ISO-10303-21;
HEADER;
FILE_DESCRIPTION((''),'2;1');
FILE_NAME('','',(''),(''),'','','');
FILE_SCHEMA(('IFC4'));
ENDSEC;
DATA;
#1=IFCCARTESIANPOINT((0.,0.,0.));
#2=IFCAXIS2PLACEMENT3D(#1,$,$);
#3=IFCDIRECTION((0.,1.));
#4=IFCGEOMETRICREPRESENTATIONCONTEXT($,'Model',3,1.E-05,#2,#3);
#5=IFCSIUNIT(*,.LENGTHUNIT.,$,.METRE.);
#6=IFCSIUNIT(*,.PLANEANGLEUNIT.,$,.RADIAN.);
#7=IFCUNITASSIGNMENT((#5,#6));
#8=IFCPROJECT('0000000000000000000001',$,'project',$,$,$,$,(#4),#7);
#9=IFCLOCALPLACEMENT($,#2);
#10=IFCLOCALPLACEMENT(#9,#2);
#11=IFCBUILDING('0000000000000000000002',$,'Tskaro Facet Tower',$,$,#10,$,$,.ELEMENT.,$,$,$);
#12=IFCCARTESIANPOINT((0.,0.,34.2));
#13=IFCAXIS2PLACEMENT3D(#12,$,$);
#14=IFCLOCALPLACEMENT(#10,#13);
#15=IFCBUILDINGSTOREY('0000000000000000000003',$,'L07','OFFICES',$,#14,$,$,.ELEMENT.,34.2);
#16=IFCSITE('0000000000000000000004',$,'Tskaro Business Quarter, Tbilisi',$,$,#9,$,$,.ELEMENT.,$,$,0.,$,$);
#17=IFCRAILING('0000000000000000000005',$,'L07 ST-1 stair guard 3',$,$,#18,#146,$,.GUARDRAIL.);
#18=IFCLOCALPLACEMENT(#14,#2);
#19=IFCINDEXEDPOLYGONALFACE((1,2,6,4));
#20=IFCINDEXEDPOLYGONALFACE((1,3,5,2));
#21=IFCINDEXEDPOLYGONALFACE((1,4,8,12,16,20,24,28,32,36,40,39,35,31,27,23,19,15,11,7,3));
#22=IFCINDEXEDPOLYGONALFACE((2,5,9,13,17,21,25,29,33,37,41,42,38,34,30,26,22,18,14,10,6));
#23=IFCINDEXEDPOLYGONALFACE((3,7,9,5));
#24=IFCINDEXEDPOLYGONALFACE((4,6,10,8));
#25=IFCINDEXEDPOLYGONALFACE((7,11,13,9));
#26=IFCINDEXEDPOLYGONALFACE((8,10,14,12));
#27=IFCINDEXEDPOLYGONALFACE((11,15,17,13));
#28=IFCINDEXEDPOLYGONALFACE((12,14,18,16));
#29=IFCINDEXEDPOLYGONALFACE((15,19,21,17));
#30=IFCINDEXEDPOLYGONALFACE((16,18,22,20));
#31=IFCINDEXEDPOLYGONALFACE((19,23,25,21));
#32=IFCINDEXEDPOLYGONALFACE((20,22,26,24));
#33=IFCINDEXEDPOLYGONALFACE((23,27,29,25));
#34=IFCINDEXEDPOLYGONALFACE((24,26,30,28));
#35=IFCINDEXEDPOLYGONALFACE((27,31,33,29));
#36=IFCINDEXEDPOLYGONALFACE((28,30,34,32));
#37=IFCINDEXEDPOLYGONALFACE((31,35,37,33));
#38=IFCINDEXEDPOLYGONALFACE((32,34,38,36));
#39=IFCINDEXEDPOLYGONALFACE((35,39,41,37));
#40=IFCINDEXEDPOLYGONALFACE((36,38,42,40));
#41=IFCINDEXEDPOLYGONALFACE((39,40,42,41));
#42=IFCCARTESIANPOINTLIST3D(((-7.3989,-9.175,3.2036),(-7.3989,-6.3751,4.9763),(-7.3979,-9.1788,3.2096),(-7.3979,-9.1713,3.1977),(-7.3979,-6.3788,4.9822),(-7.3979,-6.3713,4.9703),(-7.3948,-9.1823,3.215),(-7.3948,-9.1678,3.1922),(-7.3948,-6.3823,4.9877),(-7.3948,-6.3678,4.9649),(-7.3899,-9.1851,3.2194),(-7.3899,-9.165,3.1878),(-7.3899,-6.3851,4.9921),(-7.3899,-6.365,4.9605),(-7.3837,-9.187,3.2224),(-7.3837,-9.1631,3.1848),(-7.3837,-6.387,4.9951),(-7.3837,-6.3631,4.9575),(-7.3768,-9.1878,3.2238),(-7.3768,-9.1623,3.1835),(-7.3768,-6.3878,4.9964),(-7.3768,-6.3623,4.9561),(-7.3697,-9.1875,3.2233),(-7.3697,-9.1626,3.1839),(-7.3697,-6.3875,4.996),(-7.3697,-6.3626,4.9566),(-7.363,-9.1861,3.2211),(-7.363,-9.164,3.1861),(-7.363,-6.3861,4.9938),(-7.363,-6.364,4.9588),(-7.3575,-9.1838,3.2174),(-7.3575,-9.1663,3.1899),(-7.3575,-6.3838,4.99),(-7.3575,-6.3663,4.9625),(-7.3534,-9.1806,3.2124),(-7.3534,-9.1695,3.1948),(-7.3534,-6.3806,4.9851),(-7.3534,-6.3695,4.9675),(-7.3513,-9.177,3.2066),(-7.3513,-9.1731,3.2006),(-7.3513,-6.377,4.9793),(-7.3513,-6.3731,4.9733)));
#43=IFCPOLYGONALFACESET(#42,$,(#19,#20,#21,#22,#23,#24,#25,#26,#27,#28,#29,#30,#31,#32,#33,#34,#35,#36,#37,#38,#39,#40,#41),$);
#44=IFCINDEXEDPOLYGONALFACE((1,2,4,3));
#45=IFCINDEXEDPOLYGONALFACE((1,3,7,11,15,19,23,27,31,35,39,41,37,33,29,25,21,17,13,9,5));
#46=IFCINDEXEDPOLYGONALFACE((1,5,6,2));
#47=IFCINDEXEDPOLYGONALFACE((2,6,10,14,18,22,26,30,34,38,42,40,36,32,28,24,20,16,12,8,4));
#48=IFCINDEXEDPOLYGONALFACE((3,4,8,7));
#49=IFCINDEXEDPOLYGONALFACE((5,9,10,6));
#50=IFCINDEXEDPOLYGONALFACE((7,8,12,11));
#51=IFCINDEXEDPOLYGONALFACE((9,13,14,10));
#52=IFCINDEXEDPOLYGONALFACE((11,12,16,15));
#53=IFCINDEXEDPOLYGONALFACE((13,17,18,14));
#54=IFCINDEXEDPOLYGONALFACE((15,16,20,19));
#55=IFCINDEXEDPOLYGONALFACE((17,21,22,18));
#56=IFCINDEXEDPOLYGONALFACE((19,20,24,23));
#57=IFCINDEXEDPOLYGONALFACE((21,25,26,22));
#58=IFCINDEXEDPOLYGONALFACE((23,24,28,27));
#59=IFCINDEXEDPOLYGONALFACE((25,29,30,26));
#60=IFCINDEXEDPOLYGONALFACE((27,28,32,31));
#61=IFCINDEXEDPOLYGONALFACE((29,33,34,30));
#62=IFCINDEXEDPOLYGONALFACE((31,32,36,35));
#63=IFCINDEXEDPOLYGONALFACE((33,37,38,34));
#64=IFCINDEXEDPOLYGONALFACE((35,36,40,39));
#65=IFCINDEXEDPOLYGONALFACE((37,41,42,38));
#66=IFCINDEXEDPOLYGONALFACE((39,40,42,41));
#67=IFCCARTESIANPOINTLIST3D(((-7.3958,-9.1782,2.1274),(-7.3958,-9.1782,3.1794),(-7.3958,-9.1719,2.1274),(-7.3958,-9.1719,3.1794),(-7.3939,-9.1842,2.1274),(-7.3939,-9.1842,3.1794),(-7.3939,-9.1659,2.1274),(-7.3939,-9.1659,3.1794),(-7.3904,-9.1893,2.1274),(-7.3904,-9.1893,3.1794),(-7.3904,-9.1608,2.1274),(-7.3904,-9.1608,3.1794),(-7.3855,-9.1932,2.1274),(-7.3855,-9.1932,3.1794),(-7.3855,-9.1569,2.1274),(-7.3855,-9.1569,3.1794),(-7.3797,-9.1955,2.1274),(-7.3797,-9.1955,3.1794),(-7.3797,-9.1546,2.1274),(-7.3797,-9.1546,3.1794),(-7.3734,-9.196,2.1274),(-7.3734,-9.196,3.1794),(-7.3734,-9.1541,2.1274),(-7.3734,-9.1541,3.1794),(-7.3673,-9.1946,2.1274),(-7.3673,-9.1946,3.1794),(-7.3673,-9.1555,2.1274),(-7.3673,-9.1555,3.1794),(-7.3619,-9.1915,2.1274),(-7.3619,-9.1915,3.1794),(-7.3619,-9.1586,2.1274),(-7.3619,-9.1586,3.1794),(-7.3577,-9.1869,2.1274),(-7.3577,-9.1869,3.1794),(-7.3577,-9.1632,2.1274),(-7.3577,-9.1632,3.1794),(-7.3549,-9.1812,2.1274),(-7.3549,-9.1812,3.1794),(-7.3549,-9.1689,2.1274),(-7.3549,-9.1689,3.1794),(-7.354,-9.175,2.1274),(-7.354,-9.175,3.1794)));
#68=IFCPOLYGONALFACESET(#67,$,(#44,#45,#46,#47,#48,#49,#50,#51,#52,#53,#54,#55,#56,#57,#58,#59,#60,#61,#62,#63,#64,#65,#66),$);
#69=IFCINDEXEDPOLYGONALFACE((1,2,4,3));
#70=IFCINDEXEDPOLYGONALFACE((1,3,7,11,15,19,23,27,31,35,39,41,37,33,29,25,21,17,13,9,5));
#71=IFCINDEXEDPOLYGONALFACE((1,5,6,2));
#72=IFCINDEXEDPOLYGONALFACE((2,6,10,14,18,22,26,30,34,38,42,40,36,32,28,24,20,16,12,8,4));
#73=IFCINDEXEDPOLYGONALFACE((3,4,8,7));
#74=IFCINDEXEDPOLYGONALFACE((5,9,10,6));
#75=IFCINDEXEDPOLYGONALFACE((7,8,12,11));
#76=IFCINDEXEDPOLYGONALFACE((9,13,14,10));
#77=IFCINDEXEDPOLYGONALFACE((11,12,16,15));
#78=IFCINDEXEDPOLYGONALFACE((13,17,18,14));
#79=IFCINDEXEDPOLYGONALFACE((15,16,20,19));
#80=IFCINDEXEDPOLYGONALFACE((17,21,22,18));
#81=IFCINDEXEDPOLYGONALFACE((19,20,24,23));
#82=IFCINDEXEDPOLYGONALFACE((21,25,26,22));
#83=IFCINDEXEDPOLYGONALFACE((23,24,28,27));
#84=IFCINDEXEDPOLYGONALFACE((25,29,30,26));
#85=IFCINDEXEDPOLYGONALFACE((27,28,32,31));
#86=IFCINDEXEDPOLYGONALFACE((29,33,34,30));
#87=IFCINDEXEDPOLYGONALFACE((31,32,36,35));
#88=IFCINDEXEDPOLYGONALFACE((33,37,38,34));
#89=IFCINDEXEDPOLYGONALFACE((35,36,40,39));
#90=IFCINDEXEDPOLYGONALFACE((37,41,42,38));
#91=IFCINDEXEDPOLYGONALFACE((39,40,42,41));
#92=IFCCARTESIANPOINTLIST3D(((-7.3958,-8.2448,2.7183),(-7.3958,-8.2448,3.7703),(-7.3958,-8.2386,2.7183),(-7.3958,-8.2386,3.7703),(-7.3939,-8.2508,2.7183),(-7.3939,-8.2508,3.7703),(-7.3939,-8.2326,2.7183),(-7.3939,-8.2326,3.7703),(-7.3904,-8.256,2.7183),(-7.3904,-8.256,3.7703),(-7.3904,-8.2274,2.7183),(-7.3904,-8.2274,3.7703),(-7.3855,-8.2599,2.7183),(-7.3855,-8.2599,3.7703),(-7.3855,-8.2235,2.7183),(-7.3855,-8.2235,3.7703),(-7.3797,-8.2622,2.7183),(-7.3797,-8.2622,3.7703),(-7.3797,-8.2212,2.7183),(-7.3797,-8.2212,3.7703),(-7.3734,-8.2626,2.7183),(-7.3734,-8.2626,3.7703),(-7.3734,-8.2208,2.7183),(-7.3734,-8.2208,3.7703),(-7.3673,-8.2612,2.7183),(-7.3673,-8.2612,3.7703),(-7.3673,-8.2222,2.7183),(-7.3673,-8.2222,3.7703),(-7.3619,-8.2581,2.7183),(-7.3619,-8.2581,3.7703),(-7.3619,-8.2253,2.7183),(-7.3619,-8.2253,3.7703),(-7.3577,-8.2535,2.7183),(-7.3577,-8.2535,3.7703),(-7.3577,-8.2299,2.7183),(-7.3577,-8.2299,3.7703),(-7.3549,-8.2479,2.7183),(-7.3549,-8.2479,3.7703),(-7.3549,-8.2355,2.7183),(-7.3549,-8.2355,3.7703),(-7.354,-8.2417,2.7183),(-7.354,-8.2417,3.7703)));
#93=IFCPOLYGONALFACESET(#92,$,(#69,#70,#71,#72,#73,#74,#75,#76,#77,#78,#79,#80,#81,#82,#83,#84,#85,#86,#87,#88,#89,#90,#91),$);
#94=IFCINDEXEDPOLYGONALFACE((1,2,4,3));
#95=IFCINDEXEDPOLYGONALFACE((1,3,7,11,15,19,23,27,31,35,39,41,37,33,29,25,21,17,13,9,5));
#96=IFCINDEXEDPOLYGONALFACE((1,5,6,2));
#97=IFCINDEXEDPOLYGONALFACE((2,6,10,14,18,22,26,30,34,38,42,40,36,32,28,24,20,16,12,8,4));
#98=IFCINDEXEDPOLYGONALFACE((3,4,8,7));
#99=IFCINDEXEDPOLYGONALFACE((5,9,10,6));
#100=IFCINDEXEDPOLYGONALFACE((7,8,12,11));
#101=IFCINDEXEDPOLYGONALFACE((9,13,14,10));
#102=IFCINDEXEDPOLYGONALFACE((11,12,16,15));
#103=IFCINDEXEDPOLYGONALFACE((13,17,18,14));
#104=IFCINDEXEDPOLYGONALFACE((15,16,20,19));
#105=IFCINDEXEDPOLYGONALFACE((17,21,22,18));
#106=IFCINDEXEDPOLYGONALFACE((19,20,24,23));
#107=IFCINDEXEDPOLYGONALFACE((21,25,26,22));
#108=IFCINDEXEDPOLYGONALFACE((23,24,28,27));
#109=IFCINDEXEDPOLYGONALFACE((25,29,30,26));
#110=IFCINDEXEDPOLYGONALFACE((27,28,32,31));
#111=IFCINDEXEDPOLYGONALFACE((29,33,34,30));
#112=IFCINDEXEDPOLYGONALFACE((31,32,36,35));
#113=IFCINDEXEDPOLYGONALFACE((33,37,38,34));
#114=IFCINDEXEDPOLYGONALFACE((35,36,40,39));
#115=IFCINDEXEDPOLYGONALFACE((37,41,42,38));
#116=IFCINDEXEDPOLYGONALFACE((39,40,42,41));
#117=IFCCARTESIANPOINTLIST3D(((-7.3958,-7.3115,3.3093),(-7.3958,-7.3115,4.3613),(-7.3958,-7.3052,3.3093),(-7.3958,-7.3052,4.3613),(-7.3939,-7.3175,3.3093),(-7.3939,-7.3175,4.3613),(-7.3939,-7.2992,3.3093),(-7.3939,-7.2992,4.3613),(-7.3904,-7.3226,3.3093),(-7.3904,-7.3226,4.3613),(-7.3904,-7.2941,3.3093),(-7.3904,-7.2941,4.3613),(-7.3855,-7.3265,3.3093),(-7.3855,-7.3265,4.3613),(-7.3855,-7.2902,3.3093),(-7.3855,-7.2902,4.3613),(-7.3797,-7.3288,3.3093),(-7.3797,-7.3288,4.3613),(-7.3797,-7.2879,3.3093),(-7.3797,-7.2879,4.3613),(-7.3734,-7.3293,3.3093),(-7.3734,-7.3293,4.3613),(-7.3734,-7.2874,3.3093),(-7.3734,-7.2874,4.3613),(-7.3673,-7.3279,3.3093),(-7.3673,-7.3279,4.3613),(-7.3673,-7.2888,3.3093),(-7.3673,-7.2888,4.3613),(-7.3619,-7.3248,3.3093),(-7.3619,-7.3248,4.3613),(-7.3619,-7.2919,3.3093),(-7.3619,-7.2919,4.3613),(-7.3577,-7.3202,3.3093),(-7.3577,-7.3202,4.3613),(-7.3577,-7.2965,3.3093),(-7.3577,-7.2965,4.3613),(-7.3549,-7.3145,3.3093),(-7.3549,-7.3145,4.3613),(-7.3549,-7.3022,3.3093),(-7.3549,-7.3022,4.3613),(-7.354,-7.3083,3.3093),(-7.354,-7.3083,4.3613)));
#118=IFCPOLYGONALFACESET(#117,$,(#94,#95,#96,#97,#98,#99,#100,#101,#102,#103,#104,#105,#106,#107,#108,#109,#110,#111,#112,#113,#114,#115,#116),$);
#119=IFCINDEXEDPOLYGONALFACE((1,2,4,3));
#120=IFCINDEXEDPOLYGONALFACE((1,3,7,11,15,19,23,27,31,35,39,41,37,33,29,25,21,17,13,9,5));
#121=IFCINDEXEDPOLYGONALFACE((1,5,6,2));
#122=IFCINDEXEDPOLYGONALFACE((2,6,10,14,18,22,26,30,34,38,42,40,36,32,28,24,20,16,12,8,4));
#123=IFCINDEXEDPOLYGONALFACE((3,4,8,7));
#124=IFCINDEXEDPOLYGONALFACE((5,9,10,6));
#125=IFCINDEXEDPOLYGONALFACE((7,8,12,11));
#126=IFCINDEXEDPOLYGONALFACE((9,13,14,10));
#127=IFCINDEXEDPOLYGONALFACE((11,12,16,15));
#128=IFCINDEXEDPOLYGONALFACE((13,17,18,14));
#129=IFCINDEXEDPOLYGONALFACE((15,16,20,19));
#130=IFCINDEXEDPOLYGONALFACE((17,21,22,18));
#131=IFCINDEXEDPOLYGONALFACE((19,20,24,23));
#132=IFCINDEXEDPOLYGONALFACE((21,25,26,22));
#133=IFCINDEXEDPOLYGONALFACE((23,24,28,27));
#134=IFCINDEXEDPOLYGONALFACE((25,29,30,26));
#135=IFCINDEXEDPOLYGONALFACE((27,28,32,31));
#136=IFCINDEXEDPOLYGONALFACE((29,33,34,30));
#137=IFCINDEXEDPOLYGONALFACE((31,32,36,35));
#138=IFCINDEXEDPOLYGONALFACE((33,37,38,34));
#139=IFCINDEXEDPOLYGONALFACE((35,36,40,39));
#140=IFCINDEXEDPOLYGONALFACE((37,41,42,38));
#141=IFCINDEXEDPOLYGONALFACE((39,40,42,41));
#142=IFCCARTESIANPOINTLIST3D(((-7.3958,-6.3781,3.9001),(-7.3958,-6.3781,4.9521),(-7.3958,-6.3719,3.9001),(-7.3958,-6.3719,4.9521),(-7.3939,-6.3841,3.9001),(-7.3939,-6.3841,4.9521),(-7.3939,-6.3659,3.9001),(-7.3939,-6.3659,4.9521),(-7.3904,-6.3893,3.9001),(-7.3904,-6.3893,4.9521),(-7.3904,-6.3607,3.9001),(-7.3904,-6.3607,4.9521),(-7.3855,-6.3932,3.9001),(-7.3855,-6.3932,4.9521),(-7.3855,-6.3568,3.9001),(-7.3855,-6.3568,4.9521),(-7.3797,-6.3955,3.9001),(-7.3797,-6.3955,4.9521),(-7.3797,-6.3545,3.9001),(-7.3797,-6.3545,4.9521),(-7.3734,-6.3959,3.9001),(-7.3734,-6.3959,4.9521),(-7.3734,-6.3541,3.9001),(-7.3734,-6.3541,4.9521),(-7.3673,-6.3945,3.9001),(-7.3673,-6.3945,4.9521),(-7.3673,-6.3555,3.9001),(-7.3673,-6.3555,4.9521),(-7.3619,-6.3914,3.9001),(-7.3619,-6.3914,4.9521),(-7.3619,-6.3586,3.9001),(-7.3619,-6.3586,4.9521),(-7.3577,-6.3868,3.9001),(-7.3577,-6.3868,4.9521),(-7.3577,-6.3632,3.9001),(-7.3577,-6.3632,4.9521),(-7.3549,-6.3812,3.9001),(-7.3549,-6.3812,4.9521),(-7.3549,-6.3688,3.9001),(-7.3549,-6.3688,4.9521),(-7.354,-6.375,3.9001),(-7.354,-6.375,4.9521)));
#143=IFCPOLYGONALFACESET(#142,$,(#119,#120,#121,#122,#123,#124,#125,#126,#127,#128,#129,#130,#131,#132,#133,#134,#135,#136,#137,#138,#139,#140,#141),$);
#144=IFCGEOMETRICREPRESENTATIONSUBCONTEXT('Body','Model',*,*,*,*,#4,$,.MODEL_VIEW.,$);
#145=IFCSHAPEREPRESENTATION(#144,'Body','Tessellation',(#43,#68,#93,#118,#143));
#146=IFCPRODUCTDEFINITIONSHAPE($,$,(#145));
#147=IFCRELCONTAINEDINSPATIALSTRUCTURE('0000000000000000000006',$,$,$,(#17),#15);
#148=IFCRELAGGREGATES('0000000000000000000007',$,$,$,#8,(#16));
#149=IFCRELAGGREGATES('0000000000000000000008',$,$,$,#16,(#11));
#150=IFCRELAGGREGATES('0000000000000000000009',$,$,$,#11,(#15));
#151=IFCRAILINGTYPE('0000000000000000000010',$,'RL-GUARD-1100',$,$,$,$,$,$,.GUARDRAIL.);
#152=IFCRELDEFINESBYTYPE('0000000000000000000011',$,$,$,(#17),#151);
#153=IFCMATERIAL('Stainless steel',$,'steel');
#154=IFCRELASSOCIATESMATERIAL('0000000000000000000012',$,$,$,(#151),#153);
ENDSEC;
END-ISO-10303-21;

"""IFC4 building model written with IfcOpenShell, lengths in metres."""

from ifc_helpers import new_model, si_unit, direction, frame, origin, origin_2d, place, context, subcontext, project, spatial, circle, extrude, material, type_object, element, save


model = new_model("IFC4")

# Units and contexts
model_context = context("Model", 3, precision=1e-05, world=origin(), true_north=direction((0.0, 1.0)))
body_context = subcontext(model_context, "Body", "Model", "MODEL_VIEW")
ifc_project = project(units=[si_unit("LENGTHUNIT", "METRE"), si_unit("PLANEANGLEUNIT", "RADIAN")], contexts=[model_context])

# Site, building, storey
site_placement = place(None, origin())
site = spatial("IfcSite", under=ifc_project, at=site_placement, Name="Tskaro Business Quarter, Tbilisi", CompositionType="ELEMENT", RefElevation=0.0)
building_placement = place(site_placement, origin())
building = spatial("IfcBuilding", under=site, at=building_placement, Name="Tskaro Facet Tower", CompositionType="ELEMENT")
storey_placement = place(building_placement, frame((0.0, 0.0, 34.2)))
storey = spatial("IfcBuildingStorey", under=building, at=storey_placement, Name="L07", Description="OFFICES", CompositionType="ELEMENT", Elevation=34.2)

# Shared definitions
ifc_material_1 = material(Name="Stainless steel", Category="steel")

# Railing
railing_type_1 = type_object("IfcRailingType", Name="RL-GUARD-1100", PredefinedType="GUARDRAIL", material=ifc_material_1)
railing_1_placement = place(storey_placement, frame((-7.375, -9.175, 2.1274)))
element("IfcRailing", 1, at=railing_1_placement, inside=storey, type_object=railing_type_1, Name="L07 ST-1 stair guard 3", PredefinedType="GUARDRAIL", context=body_context, shape_type="SweptSolid", body=[
    extrude(circle(Radius=0.0239, at=origin_2d()), frame((0.0, 0.0, 1.0762), z_axis=(0.0, 0.844909, 0.53491), x_axis=(-1.0, 0.0, 0.0)), (0.0, 0.0, 1.0), 3.314),
    extrude(circle(Radius=0.021, at=origin_2d()), origin(), (0.0, 0.0, 1.0), 1.052),
    extrude(circle(Radius=0.021, at=origin_2d()), frame((0.0, 0.9333, 0.5908)), (0.0, 0.0, 1.0), 1.052),
    extrude(circle(Radius=0.021, at=origin_2d()), frame((0.0, 1.8667, 1.1819)), (0.0, 0.0, 1.0), 1.052),
    extrude(circle(Radius=0.021, at=origin_2d()), frame((0.0, 2.8, 1.7727)), (0.0, 0.0, 1.0), 1.052),
])

save(model, "model.ifc")
